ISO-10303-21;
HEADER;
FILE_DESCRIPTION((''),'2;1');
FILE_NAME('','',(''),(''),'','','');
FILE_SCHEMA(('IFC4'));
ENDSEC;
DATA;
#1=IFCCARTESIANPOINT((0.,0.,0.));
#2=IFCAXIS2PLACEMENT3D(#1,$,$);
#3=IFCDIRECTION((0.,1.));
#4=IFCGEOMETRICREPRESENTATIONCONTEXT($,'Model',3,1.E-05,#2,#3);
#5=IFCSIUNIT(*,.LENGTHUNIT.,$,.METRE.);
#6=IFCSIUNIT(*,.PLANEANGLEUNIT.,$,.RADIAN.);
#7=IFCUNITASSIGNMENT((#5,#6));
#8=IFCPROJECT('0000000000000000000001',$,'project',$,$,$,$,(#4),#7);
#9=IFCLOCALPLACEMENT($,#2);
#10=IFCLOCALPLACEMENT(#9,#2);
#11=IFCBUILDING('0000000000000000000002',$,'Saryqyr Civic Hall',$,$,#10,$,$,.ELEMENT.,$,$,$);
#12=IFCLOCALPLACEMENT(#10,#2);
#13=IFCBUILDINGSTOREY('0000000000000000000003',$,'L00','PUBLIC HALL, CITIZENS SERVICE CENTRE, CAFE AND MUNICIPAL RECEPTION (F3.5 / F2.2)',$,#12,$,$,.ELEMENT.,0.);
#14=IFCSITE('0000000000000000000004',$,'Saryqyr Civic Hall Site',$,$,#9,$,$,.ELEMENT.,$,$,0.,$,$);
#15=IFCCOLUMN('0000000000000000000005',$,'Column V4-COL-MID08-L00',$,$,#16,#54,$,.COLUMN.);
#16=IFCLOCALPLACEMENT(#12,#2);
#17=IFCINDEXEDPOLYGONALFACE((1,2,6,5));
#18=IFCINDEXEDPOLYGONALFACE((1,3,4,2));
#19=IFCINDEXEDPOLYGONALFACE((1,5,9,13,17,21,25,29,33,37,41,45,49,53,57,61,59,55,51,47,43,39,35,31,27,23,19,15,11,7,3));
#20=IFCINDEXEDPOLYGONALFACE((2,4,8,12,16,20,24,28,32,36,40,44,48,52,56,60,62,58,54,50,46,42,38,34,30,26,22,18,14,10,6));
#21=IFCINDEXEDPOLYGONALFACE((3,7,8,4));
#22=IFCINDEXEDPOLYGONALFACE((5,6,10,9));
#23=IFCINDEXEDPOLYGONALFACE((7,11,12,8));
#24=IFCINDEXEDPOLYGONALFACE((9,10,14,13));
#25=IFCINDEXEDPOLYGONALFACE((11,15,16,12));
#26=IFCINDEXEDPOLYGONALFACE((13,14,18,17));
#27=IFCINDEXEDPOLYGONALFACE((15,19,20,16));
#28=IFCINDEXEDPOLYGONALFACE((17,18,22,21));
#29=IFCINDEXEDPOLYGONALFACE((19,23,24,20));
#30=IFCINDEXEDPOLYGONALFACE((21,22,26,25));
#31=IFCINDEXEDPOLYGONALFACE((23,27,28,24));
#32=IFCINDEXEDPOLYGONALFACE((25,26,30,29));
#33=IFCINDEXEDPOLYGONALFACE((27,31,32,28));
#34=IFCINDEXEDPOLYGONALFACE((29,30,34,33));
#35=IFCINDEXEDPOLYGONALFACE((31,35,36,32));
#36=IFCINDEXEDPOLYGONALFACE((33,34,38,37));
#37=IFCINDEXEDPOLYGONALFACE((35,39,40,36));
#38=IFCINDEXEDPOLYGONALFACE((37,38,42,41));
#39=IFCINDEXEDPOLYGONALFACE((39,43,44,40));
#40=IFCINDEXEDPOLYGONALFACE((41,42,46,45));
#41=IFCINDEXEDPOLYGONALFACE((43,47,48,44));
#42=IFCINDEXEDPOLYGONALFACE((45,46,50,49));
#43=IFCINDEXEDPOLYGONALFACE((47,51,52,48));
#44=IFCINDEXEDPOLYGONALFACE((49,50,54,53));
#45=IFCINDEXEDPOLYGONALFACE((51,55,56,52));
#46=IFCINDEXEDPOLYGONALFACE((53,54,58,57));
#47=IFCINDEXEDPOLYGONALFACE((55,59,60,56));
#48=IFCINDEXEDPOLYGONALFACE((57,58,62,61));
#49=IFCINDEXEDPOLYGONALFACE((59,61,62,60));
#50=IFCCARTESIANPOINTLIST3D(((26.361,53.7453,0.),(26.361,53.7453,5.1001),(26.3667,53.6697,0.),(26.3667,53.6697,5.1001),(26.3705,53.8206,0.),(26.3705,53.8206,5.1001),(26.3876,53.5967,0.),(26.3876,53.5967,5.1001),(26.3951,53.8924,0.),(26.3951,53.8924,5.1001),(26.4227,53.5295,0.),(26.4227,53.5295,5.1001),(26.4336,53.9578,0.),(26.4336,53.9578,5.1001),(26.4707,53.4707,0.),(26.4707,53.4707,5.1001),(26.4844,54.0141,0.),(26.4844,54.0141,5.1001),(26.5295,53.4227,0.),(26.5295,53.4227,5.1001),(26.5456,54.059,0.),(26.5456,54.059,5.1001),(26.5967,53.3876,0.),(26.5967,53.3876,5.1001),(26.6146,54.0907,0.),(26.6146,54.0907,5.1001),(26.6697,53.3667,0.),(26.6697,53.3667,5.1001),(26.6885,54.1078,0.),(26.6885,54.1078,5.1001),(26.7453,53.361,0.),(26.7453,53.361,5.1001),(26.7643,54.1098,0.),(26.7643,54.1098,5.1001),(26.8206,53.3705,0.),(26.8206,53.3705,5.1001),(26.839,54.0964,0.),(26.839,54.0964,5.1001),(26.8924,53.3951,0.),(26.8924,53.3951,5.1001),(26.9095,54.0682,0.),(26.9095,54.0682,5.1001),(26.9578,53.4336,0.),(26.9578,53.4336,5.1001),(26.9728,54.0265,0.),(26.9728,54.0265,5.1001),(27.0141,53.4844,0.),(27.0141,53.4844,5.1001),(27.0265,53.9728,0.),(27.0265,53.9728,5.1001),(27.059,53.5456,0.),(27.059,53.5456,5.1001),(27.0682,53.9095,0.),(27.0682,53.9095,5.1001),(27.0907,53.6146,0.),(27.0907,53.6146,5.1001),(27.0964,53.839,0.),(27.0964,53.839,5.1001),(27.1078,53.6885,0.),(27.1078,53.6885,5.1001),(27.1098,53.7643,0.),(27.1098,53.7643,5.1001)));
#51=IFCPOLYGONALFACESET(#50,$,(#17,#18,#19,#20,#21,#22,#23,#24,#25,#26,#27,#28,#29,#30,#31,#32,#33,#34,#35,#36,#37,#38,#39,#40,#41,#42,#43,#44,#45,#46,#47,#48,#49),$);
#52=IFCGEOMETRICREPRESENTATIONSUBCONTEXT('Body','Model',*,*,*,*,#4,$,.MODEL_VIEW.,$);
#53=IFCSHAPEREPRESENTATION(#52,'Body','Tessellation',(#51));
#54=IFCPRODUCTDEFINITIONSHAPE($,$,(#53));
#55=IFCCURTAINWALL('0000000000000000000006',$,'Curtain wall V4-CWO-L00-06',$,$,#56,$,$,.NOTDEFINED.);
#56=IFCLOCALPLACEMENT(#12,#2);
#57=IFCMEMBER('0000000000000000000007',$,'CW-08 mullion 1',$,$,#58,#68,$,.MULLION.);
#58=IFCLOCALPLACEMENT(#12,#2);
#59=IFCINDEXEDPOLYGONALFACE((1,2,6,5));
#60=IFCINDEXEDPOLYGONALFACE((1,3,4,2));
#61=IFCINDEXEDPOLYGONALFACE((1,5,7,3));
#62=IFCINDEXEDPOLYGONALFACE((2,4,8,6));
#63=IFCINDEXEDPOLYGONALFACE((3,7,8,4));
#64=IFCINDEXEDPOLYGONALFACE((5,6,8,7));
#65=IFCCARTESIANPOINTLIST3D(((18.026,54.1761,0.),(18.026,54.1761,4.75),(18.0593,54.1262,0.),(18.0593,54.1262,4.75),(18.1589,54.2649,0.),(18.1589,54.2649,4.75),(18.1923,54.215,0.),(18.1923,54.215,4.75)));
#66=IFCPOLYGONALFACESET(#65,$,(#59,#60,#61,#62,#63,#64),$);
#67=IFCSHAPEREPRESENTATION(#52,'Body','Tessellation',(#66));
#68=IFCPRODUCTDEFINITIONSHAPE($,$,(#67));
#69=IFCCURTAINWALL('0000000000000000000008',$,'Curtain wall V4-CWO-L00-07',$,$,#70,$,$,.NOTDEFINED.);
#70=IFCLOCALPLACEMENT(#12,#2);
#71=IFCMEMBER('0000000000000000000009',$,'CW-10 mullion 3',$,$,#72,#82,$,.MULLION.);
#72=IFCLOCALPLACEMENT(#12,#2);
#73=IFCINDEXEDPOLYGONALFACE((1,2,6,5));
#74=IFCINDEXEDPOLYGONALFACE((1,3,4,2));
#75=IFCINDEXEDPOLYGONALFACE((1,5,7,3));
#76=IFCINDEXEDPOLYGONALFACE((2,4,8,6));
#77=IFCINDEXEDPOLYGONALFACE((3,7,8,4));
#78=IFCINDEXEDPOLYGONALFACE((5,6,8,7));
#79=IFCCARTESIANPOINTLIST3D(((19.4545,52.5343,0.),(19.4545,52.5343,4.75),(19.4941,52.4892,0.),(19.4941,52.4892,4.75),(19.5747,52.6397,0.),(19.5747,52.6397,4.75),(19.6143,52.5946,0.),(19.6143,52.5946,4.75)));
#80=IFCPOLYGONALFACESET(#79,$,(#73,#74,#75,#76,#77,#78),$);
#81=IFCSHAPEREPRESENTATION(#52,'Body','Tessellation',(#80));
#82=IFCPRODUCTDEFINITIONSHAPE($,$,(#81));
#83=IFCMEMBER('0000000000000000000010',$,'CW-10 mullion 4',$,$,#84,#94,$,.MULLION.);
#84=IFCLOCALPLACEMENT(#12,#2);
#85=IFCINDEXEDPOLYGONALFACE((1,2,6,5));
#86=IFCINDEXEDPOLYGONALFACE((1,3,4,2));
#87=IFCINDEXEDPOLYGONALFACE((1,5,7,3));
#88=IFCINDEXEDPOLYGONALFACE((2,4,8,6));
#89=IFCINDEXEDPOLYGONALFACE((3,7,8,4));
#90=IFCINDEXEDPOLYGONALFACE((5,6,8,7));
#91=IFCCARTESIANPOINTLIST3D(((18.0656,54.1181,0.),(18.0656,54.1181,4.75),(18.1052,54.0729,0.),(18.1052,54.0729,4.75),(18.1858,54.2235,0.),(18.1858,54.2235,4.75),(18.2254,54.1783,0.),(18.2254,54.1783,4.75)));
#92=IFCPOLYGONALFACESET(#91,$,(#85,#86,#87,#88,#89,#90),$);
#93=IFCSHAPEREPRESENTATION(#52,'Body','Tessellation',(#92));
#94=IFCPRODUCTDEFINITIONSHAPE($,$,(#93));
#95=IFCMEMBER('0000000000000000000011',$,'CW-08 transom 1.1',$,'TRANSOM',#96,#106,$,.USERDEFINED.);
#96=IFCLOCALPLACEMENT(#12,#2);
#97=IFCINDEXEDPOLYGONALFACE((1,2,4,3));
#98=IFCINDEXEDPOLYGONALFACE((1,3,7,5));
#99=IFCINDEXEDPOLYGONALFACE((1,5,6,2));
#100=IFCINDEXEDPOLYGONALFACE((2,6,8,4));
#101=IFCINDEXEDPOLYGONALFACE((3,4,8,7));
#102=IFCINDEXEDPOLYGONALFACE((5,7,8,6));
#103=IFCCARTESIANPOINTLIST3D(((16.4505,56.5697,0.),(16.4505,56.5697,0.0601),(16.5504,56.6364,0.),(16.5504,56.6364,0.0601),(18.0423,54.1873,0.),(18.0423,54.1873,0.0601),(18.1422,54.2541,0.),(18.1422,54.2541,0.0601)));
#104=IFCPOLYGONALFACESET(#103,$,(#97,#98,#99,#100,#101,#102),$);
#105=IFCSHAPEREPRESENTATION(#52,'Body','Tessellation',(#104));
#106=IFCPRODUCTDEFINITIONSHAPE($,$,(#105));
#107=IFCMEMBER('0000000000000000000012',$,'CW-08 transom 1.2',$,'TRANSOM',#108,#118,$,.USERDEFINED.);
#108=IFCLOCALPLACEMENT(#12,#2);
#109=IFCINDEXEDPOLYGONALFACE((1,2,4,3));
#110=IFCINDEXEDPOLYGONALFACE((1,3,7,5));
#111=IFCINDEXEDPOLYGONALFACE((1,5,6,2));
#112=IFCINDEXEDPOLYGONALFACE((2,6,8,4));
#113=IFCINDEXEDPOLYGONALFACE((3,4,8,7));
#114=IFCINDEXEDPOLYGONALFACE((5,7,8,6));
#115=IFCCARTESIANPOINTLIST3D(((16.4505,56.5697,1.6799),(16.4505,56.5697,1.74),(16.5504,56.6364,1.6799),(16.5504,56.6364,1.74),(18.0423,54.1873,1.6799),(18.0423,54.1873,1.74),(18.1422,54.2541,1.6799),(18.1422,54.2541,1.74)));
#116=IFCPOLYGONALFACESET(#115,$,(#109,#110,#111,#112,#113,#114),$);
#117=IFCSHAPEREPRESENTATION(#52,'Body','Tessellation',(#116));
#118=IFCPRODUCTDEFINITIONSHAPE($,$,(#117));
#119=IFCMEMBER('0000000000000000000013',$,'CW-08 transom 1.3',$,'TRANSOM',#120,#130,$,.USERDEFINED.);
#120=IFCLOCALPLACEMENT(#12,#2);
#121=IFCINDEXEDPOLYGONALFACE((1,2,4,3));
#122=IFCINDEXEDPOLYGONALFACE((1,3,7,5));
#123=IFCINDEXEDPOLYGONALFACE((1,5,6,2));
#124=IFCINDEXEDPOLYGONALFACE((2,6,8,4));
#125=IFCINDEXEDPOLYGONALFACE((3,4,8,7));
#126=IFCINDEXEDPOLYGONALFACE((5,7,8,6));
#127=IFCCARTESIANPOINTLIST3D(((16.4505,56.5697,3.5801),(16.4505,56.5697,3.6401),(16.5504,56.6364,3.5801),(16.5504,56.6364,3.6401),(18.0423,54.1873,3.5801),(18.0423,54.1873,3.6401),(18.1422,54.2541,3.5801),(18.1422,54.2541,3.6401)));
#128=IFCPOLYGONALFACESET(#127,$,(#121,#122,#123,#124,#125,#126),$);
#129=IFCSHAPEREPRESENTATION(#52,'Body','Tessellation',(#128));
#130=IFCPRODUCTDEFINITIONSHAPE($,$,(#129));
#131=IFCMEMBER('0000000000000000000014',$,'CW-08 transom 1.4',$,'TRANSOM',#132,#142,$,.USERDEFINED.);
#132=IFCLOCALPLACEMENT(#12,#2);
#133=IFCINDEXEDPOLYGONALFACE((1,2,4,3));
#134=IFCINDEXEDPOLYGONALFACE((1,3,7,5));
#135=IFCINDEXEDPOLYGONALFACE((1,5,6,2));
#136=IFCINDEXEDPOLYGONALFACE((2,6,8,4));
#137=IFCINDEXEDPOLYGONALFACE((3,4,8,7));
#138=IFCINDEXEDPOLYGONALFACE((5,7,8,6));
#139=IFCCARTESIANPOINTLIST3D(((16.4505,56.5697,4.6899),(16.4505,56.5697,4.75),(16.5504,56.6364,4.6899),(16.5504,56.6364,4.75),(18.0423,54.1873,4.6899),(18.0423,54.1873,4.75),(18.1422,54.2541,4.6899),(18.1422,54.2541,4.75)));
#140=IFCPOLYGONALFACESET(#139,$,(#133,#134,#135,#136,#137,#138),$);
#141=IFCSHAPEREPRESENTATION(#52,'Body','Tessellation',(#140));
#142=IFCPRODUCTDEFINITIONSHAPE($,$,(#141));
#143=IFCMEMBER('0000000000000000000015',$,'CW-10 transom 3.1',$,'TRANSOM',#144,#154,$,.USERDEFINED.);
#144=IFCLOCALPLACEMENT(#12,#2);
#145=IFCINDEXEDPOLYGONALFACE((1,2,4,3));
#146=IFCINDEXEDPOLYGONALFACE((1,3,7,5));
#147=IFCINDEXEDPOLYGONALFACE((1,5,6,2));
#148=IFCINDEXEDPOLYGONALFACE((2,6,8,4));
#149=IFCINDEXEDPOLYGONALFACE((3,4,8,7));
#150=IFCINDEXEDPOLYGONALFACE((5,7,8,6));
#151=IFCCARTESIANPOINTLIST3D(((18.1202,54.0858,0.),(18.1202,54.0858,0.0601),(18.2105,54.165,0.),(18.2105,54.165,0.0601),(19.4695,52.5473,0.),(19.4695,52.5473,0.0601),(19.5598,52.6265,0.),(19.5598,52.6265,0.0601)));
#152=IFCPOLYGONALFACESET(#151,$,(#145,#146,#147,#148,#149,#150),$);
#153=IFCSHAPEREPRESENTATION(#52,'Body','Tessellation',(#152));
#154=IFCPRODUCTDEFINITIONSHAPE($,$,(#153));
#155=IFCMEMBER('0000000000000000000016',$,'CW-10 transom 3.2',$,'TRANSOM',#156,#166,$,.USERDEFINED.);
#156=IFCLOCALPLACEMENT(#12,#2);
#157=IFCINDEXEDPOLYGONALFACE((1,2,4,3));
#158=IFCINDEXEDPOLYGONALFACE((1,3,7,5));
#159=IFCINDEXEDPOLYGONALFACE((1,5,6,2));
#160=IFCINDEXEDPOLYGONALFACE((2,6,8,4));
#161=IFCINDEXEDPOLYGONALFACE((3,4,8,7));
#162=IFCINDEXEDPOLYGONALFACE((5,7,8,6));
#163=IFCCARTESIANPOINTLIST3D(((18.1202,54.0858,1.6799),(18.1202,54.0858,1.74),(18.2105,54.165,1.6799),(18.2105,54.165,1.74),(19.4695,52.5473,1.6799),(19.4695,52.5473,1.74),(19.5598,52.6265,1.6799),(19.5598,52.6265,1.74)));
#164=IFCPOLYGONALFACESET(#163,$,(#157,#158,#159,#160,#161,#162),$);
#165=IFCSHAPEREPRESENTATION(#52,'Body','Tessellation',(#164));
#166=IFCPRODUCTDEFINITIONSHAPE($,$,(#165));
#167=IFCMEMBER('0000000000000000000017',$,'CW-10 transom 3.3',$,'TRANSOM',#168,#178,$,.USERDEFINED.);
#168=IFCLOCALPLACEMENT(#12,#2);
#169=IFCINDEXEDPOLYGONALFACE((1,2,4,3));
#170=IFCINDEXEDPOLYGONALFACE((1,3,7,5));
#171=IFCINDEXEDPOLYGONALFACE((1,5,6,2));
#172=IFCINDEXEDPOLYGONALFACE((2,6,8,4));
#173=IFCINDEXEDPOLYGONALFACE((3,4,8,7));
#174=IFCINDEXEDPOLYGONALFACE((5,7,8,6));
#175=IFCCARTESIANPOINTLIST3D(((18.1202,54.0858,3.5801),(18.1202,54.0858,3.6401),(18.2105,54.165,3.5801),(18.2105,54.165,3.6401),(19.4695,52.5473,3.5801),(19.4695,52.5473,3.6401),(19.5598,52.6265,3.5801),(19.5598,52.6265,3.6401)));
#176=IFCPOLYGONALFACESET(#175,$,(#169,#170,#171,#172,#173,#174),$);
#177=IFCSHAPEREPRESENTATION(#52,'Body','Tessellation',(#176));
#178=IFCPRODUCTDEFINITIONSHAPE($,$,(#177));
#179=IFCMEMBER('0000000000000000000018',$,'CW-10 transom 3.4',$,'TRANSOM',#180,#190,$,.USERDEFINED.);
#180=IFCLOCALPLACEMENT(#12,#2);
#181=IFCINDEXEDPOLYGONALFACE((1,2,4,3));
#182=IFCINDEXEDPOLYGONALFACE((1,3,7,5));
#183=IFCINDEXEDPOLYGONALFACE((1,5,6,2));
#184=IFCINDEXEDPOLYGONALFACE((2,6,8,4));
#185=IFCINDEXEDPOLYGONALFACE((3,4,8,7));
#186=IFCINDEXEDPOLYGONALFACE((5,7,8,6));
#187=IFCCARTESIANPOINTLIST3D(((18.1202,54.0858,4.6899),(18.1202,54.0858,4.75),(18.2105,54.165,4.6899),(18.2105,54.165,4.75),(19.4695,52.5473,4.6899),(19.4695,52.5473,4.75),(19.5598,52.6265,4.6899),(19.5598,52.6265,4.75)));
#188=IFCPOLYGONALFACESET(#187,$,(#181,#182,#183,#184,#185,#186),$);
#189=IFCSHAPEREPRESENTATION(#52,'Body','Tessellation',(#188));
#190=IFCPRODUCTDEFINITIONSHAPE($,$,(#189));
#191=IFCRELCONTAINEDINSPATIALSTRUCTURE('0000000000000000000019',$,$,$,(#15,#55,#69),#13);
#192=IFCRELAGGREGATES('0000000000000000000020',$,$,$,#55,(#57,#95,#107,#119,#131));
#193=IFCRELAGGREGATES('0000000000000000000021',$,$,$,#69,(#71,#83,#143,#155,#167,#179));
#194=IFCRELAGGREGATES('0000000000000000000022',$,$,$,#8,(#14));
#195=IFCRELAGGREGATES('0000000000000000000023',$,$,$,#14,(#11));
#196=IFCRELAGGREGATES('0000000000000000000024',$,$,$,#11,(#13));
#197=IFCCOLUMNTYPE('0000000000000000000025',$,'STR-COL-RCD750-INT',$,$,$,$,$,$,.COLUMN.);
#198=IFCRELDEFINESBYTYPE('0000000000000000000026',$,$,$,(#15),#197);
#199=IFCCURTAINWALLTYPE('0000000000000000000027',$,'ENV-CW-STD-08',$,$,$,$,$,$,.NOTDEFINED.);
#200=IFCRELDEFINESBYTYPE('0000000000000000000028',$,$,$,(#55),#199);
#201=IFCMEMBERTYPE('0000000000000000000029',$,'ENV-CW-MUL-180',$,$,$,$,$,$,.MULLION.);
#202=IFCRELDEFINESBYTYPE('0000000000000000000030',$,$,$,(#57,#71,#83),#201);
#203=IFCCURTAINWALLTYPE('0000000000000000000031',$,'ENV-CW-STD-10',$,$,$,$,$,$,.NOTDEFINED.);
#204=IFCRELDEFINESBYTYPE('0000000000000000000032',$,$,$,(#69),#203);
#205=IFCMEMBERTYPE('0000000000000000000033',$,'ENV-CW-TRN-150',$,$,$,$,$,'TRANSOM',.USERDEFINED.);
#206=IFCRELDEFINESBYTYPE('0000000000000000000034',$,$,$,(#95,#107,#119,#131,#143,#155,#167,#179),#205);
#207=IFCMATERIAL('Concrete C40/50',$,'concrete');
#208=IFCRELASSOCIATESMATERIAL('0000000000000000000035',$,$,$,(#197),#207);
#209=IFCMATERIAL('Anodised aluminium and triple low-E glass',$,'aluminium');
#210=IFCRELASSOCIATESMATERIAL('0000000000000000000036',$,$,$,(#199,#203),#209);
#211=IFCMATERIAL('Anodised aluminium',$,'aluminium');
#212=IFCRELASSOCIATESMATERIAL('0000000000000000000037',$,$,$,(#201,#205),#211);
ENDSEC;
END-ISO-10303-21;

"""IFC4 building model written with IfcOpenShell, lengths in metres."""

from ifc_helpers import new_model, si_unit, direction, frame, origin, origin_2d, place, context, subcontext, project, spatial, rectangle, circle, extrude, material, material_profile, profile_set, type_object, element, aggregate, save


model = new_model("IFC4")

# Units and contexts
model_context = context("Model", 3, precision=1e-05, world=origin(), true_north=direction((0.0, 1.0)))
body_context = subcontext(model_context, "Body", "Model", "MODEL_VIEW")
ifc_project = project(units=[si_unit("LENGTHUNIT", "METRE"), si_unit("PLANEANGLEUNIT", "RADIAN")], contexts=[model_context])

# Site, building, storey
site_placement = place(None, origin())
site = spatial("IfcSite", under=ifc_project, at=site_placement, Name="Saryqyr Civic Hall Site", CompositionType="ELEMENT", RefElevation=0.0)
building_placement = place(site_placement, origin())
building = spatial("IfcBuilding", under=site, at=building_placement, Name="Saryqyr Civic Hall", CompositionType="ELEMENT")
storey_placement = place(building_placement, origin())
storey = spatial("IfcBuildingStorey", under=building, at=storey_placement, Name="L00", Description="PUBLIC HALL, CITIZENS SERVICE CENTRE, CAFE AND MUNICIPAL RECEPTION (F3.5 / F2.2)", CompositionType="ELEMENT", Elevation=0.0)

# Column
ifc_material_1 = material(Name="Concrete C40/50", Category="concrete")
ifc_material_profile_1 = material_profile(ifc_material_1, circle(Radius=0.375, at=origin_2d()), Name="RC D750")
ifc_profile_set_1 = profile_set([ifc_material_profile_1], Name="Concrete C40/50")
column_type = type_object("IfcColumnType", Name="STR-COL-RCD750-INT", PredefinedType="COLUMN", material=ifc_profile_set_1)
column_placement = place(storey_placement, frame((26.7358, 53.7358, 0.0), z_axis=(0.0, 0.0, 1.0), x_axis=(-0.707107, -0.707107, 0.0)))
element("IfcColumn", 1, at=column_placement, inside=storey, type_object=column_type, Name="Column V4-COL-MID08-L00", PredefinedType="COLUMN", context=body_context, shape_type="SweptSolid", body=[
    extrude(circle(Radius=0.375, at=origin_2d()), origin(), (0.0, 0.0, 1.0), 5.1001),
])

# Curtain wall, member
ifc_material_2 = material(Name="Anodised aluminium and triple low-E glass", Category="aluminium")
curtain_wall_type_1 = type_object("IfcCurtainWallType", Name="ENV-CW-STD-08", PredefinedType="NOTDEFINED", material=ifc_material_2)
curtain_wall_1_placement = place(storey_placement, origin())
curtain_wall_1 = element("IfcCurtainWall", 2, at=curtain_wall_1_placement, inside=storey, type_object=curtain_wall_type_1, Name="Curtain wall V4-CWO-L00-06", PredefinedType="NOTDEFINED")
ifc_material_3 = material(Name="Anodised aluminium", Category="aluminium")
ifc_material_profile_2 = material_profile(ifc_material_3, rectangle(XDim=0.0601, YDim=0.1599, at=origin_2d()), Name="ALU MULLION 60x160")
ifc_profile_set_2 = profile_set([ifc_material_profile_2], Name="Anodised aluminium")
member_type_1 = type_object("IfcMemberType", Name="ENV-CW-MUL-180", PredefinedType="MULLION", material=ifc_profile_set_2)
member_1_placement = place(storey_placement, frame((18.1091, 54.1956, 0.0), z_axis=(0.0, 0.0, 1.0), x_axis=(-0.555567, 0.831472, 0.0)))
member_1 = element("IfcMember", 3, at=member_1_placement, type_object=member_type_1, Name="CW-08 mullion 1", PredefinedType="MULLION", context=body_context, shape_type="SweptSolid", body=[
    extrude(rectangle(XDim=0.0601, YDim=0.1599, at=origin_2d()), origin(), (0.0, 0.0, 1.0), 4.75),
])

# Curtain wall, members
curtain_wall_type_2 = type_object("IfcCurtainWallType", Name="ENV-CW-STD-10", PredefinedType="NOTDEFINED", material=ifc_material_2)
curtain_wall_2_placement = place(storey_placement, origin())
curtain_wall_2 = element("IfcCurtainWall", 4, at=curtain_wall_2_placement, inside=storey, type_object=curtain_wall_type_2, Name="Curtain wall V4-CWO-L00-07", PredefinedType="NOTDEFINED")
member_2_placement = place(storey_placement, frame((19.5344, 52.5645, 0.0), z_axis=(0.0, 0.0, 1.0), x_axis=(-0.659349, 0.751837, 0.0)))
member_2 = element("IfcMember", 5, at=member_2_placement, type_object=member_type_1, Name="CW-10 mullion 3", PredefinedType="MULLION", context=body_context, shape_type="SweptSolid", body=[
    extrude(rectangle(XDim=0.0601, YDim=0.1599, at=origin_2d()), origin(), (0.0, 0.0, 1.0), 4.75),
])
member_3_placement = place(storey_placement, frame((18.1455, 54.1482, 0.0), z_axis=(0.0, 0.0, 1.0), x_axis=(-0.659349, 0.751837, 0.0)))
member_3 = element("IfcMember", 6, at=member_3_placement, type_object=member_type_1, Name="CW-10 mullion 4", PredefinedType="MULLION", context=body_context, shape_type="SweptSolid", body=[
    extrude(rectangle(XDim=0.0601, YDim=0.1599, at=origin_2d()), origin(), (0.0, 0.0, 1.0), 4.75),
])

# Members
ifc_material_profile_3 = material_profile(ifc_material_3, rectangle(XDim=0.1201, YDim=0.0601, at=origin_2d()), Name="ALU TRANSOM 120x60")
ifc_profile_set_3 = profile_set([ifc_material_profile_3], Name="Anodised aluminium")
member_type_2 = type_object("IfcMemberType", Name="ENV-CW-TRN-150", ElementType="TRANSOM", PredefinedType="USERDEFINED", material=ifc_profile_set_3)
member_4_placement = place(storey_placement, frame((18.0923, 54.2207, 0.03), z_axis=(-0.555565, 0.831473, 0.0), x_axis=(-0.831473, -0.555565, 0.0)))
member_4 = element("IfcMember", 7, at=member_4_placement, type_object=member_type_2, Name="CW-08 transom 1.1", ObjectType="TRANSOM", PredefinedType="USERDEFINED", context=body_context, shape_type="SweptSolid", body=[
    extrude(rectangle(XDim=0.1201, YDim=0.0601, at=origin_2d()), origin(), (0.0, 0.0, 1.0), 2.8652),
])
member_5_placement = place(storey_placement, frame((18.0923, 54.2207, 1.71), z_axis=(-0.555565, 0.831473, 0.0), x_axis=(-0.831473, -0.555565, 0.0)))
member_5 = element("IfcMember", 8, at=member_5_placement, type_object=member_type_2, Name="CW-08 transom 1.2", ObjectType="TRANSOM", PredefinedType="USERDEFINED", context=body_context, shape_type="SweptSolid", body=[
    extrude(rectangle(XDim=0.1201, YDim=0.0601, at=origin_2d()), origin(), (0.0, 0.0, 1.0), 2.8652),
])
member_6_placement = place(storey_placement, frame((18.0923, 54.2207, 3.6101), z_axis=(-0.555565, 0.831473, 0.0), x_axis=(-0.831473, -0.555565, 0.0)))
member_6 = element("IfcMember", 9, at=member_6_placement, type_object=member_type_2, Name="CW-08 transom 1.3", ObjectType="TRANSOM", PredefinedType="USERDEFINED", context=body_context, shape_type="SweptSolid", body=[
    extrude(rectangle(XDim=0.1201, YDim=0.0601, at=origin_2d()), origin(), (0.0, 0.0, 1.0), 2.8652),
])
member_7_placement = place(storey_placement, frame((18.0923, 54.2207, 4.72), z_axis=(-0.555565, 0.831473, 0.0), x_axis=(-0.831473, -0.555565, 0.0)))
member_7 = element("IfcMember", 10, at=member_7_placement, type_object=member_type_2, Name="CW-08 transom 1.4", ObjectType="TRANSOM", PredefinedType="USERDEFINED", context=body_context, shape_type="SweptSolid", body=[
    extrude(rectangle(XDim=0.1201, YDim=0.0601, at=origin_2d()), origin(), (0.0, 0.0, 1.0), 2.8652),
])
member_8_placement = place(storey_placement, frame((19.5146, 52.5869, 0.03), z_axis=(-0.659366, 0.751822, 0.0), x_axis=(-0.751822, -0.659366, 0.0)))
member_8 = element("IfcMember", 11, at=member_8_placement, type_object=member_type_2, Name="CW-10 transom 3.1", ObjectType="TRANSOM", PredefinedType="USERDEFINED", context=body_context, shape_type="SweptSolid", body=[
    extrude(rectangle(XDim=0.1201, YDim=0.0601, at=origin_2d()), origin(), (0.0, 0.0, 1.0), 2.0464),
])
member_9_placement = place(storey_placement, frame((19.5146, 52.5869, 1.71), z_axis=(-0.659366, 0.751822, 0.0), x_axis=(-0.751822, -0.659366, 0.0)))
member_9 = element("IfcMember", 12, at=member_9_placement, type_object=member_type_2, Name="CW-10 transom 3.2", ObjectType="TRANSOM", PredefinedType="USERDEFINED", context=body_context, shape_type="SweptSolid", body=[
    extrude(rectangle(XDim=0.1201, YDim=0.0601, at=origin_2d()), origin(), (0.0, 0.0, 1.0), 2.0464),
])
member_10_placement = place(storey_placement, frame((19.5146, 52.5869, 3.6101), z_axis=(-0.659366, 0.751822, 0.0), x_axis=(-0.751822, -0.659366, 0.0)))
member_10 = element("IfcMember", 13, at=member_10_placement, type_object=member_type_2, Name="CW-10 transom 3.3", ObjectType="TRANSOM", PredefinedType="USERDEFINED", context=body_context, shape_type="SweptSolid", body=[
    extrude(rectangle(XDim=0.1201, YDim=0.0601, at=origin_2d()), origin(), (0.0, 0.0, 1.0), 2.0464),
])
member_11_placement = place(storey_placement, frame((19.5146, 52.5869, 4.72), z_axis=(-0.659366, 0.751822, 0.0), x_axis=(-0.751822, -0.659366, 0.0)))
member_11 = element("IfcMember", 14, at=member_11_placement, type_object=member_type_2, Name="CW-10 transom 3.4", ObjectType="TRANSOM", PredefinedType="USERDEFINED", context=body_context, shape_type="SweptSolid", body=[
    extrude(rectangle(XDim=0.1201, YDim=0.0601, at=origin_2d()), origin(), (0.0, 0.0, 1.0), 2.0464),
])

aggregate(curtain_wall_1, [member_1, member_4, member_5, member_6, member_7])
aggregate(curtain_wall_2, [member_2, member_3, member_8, member_9, member_10, member_11])

save(model, "model.ifc")
